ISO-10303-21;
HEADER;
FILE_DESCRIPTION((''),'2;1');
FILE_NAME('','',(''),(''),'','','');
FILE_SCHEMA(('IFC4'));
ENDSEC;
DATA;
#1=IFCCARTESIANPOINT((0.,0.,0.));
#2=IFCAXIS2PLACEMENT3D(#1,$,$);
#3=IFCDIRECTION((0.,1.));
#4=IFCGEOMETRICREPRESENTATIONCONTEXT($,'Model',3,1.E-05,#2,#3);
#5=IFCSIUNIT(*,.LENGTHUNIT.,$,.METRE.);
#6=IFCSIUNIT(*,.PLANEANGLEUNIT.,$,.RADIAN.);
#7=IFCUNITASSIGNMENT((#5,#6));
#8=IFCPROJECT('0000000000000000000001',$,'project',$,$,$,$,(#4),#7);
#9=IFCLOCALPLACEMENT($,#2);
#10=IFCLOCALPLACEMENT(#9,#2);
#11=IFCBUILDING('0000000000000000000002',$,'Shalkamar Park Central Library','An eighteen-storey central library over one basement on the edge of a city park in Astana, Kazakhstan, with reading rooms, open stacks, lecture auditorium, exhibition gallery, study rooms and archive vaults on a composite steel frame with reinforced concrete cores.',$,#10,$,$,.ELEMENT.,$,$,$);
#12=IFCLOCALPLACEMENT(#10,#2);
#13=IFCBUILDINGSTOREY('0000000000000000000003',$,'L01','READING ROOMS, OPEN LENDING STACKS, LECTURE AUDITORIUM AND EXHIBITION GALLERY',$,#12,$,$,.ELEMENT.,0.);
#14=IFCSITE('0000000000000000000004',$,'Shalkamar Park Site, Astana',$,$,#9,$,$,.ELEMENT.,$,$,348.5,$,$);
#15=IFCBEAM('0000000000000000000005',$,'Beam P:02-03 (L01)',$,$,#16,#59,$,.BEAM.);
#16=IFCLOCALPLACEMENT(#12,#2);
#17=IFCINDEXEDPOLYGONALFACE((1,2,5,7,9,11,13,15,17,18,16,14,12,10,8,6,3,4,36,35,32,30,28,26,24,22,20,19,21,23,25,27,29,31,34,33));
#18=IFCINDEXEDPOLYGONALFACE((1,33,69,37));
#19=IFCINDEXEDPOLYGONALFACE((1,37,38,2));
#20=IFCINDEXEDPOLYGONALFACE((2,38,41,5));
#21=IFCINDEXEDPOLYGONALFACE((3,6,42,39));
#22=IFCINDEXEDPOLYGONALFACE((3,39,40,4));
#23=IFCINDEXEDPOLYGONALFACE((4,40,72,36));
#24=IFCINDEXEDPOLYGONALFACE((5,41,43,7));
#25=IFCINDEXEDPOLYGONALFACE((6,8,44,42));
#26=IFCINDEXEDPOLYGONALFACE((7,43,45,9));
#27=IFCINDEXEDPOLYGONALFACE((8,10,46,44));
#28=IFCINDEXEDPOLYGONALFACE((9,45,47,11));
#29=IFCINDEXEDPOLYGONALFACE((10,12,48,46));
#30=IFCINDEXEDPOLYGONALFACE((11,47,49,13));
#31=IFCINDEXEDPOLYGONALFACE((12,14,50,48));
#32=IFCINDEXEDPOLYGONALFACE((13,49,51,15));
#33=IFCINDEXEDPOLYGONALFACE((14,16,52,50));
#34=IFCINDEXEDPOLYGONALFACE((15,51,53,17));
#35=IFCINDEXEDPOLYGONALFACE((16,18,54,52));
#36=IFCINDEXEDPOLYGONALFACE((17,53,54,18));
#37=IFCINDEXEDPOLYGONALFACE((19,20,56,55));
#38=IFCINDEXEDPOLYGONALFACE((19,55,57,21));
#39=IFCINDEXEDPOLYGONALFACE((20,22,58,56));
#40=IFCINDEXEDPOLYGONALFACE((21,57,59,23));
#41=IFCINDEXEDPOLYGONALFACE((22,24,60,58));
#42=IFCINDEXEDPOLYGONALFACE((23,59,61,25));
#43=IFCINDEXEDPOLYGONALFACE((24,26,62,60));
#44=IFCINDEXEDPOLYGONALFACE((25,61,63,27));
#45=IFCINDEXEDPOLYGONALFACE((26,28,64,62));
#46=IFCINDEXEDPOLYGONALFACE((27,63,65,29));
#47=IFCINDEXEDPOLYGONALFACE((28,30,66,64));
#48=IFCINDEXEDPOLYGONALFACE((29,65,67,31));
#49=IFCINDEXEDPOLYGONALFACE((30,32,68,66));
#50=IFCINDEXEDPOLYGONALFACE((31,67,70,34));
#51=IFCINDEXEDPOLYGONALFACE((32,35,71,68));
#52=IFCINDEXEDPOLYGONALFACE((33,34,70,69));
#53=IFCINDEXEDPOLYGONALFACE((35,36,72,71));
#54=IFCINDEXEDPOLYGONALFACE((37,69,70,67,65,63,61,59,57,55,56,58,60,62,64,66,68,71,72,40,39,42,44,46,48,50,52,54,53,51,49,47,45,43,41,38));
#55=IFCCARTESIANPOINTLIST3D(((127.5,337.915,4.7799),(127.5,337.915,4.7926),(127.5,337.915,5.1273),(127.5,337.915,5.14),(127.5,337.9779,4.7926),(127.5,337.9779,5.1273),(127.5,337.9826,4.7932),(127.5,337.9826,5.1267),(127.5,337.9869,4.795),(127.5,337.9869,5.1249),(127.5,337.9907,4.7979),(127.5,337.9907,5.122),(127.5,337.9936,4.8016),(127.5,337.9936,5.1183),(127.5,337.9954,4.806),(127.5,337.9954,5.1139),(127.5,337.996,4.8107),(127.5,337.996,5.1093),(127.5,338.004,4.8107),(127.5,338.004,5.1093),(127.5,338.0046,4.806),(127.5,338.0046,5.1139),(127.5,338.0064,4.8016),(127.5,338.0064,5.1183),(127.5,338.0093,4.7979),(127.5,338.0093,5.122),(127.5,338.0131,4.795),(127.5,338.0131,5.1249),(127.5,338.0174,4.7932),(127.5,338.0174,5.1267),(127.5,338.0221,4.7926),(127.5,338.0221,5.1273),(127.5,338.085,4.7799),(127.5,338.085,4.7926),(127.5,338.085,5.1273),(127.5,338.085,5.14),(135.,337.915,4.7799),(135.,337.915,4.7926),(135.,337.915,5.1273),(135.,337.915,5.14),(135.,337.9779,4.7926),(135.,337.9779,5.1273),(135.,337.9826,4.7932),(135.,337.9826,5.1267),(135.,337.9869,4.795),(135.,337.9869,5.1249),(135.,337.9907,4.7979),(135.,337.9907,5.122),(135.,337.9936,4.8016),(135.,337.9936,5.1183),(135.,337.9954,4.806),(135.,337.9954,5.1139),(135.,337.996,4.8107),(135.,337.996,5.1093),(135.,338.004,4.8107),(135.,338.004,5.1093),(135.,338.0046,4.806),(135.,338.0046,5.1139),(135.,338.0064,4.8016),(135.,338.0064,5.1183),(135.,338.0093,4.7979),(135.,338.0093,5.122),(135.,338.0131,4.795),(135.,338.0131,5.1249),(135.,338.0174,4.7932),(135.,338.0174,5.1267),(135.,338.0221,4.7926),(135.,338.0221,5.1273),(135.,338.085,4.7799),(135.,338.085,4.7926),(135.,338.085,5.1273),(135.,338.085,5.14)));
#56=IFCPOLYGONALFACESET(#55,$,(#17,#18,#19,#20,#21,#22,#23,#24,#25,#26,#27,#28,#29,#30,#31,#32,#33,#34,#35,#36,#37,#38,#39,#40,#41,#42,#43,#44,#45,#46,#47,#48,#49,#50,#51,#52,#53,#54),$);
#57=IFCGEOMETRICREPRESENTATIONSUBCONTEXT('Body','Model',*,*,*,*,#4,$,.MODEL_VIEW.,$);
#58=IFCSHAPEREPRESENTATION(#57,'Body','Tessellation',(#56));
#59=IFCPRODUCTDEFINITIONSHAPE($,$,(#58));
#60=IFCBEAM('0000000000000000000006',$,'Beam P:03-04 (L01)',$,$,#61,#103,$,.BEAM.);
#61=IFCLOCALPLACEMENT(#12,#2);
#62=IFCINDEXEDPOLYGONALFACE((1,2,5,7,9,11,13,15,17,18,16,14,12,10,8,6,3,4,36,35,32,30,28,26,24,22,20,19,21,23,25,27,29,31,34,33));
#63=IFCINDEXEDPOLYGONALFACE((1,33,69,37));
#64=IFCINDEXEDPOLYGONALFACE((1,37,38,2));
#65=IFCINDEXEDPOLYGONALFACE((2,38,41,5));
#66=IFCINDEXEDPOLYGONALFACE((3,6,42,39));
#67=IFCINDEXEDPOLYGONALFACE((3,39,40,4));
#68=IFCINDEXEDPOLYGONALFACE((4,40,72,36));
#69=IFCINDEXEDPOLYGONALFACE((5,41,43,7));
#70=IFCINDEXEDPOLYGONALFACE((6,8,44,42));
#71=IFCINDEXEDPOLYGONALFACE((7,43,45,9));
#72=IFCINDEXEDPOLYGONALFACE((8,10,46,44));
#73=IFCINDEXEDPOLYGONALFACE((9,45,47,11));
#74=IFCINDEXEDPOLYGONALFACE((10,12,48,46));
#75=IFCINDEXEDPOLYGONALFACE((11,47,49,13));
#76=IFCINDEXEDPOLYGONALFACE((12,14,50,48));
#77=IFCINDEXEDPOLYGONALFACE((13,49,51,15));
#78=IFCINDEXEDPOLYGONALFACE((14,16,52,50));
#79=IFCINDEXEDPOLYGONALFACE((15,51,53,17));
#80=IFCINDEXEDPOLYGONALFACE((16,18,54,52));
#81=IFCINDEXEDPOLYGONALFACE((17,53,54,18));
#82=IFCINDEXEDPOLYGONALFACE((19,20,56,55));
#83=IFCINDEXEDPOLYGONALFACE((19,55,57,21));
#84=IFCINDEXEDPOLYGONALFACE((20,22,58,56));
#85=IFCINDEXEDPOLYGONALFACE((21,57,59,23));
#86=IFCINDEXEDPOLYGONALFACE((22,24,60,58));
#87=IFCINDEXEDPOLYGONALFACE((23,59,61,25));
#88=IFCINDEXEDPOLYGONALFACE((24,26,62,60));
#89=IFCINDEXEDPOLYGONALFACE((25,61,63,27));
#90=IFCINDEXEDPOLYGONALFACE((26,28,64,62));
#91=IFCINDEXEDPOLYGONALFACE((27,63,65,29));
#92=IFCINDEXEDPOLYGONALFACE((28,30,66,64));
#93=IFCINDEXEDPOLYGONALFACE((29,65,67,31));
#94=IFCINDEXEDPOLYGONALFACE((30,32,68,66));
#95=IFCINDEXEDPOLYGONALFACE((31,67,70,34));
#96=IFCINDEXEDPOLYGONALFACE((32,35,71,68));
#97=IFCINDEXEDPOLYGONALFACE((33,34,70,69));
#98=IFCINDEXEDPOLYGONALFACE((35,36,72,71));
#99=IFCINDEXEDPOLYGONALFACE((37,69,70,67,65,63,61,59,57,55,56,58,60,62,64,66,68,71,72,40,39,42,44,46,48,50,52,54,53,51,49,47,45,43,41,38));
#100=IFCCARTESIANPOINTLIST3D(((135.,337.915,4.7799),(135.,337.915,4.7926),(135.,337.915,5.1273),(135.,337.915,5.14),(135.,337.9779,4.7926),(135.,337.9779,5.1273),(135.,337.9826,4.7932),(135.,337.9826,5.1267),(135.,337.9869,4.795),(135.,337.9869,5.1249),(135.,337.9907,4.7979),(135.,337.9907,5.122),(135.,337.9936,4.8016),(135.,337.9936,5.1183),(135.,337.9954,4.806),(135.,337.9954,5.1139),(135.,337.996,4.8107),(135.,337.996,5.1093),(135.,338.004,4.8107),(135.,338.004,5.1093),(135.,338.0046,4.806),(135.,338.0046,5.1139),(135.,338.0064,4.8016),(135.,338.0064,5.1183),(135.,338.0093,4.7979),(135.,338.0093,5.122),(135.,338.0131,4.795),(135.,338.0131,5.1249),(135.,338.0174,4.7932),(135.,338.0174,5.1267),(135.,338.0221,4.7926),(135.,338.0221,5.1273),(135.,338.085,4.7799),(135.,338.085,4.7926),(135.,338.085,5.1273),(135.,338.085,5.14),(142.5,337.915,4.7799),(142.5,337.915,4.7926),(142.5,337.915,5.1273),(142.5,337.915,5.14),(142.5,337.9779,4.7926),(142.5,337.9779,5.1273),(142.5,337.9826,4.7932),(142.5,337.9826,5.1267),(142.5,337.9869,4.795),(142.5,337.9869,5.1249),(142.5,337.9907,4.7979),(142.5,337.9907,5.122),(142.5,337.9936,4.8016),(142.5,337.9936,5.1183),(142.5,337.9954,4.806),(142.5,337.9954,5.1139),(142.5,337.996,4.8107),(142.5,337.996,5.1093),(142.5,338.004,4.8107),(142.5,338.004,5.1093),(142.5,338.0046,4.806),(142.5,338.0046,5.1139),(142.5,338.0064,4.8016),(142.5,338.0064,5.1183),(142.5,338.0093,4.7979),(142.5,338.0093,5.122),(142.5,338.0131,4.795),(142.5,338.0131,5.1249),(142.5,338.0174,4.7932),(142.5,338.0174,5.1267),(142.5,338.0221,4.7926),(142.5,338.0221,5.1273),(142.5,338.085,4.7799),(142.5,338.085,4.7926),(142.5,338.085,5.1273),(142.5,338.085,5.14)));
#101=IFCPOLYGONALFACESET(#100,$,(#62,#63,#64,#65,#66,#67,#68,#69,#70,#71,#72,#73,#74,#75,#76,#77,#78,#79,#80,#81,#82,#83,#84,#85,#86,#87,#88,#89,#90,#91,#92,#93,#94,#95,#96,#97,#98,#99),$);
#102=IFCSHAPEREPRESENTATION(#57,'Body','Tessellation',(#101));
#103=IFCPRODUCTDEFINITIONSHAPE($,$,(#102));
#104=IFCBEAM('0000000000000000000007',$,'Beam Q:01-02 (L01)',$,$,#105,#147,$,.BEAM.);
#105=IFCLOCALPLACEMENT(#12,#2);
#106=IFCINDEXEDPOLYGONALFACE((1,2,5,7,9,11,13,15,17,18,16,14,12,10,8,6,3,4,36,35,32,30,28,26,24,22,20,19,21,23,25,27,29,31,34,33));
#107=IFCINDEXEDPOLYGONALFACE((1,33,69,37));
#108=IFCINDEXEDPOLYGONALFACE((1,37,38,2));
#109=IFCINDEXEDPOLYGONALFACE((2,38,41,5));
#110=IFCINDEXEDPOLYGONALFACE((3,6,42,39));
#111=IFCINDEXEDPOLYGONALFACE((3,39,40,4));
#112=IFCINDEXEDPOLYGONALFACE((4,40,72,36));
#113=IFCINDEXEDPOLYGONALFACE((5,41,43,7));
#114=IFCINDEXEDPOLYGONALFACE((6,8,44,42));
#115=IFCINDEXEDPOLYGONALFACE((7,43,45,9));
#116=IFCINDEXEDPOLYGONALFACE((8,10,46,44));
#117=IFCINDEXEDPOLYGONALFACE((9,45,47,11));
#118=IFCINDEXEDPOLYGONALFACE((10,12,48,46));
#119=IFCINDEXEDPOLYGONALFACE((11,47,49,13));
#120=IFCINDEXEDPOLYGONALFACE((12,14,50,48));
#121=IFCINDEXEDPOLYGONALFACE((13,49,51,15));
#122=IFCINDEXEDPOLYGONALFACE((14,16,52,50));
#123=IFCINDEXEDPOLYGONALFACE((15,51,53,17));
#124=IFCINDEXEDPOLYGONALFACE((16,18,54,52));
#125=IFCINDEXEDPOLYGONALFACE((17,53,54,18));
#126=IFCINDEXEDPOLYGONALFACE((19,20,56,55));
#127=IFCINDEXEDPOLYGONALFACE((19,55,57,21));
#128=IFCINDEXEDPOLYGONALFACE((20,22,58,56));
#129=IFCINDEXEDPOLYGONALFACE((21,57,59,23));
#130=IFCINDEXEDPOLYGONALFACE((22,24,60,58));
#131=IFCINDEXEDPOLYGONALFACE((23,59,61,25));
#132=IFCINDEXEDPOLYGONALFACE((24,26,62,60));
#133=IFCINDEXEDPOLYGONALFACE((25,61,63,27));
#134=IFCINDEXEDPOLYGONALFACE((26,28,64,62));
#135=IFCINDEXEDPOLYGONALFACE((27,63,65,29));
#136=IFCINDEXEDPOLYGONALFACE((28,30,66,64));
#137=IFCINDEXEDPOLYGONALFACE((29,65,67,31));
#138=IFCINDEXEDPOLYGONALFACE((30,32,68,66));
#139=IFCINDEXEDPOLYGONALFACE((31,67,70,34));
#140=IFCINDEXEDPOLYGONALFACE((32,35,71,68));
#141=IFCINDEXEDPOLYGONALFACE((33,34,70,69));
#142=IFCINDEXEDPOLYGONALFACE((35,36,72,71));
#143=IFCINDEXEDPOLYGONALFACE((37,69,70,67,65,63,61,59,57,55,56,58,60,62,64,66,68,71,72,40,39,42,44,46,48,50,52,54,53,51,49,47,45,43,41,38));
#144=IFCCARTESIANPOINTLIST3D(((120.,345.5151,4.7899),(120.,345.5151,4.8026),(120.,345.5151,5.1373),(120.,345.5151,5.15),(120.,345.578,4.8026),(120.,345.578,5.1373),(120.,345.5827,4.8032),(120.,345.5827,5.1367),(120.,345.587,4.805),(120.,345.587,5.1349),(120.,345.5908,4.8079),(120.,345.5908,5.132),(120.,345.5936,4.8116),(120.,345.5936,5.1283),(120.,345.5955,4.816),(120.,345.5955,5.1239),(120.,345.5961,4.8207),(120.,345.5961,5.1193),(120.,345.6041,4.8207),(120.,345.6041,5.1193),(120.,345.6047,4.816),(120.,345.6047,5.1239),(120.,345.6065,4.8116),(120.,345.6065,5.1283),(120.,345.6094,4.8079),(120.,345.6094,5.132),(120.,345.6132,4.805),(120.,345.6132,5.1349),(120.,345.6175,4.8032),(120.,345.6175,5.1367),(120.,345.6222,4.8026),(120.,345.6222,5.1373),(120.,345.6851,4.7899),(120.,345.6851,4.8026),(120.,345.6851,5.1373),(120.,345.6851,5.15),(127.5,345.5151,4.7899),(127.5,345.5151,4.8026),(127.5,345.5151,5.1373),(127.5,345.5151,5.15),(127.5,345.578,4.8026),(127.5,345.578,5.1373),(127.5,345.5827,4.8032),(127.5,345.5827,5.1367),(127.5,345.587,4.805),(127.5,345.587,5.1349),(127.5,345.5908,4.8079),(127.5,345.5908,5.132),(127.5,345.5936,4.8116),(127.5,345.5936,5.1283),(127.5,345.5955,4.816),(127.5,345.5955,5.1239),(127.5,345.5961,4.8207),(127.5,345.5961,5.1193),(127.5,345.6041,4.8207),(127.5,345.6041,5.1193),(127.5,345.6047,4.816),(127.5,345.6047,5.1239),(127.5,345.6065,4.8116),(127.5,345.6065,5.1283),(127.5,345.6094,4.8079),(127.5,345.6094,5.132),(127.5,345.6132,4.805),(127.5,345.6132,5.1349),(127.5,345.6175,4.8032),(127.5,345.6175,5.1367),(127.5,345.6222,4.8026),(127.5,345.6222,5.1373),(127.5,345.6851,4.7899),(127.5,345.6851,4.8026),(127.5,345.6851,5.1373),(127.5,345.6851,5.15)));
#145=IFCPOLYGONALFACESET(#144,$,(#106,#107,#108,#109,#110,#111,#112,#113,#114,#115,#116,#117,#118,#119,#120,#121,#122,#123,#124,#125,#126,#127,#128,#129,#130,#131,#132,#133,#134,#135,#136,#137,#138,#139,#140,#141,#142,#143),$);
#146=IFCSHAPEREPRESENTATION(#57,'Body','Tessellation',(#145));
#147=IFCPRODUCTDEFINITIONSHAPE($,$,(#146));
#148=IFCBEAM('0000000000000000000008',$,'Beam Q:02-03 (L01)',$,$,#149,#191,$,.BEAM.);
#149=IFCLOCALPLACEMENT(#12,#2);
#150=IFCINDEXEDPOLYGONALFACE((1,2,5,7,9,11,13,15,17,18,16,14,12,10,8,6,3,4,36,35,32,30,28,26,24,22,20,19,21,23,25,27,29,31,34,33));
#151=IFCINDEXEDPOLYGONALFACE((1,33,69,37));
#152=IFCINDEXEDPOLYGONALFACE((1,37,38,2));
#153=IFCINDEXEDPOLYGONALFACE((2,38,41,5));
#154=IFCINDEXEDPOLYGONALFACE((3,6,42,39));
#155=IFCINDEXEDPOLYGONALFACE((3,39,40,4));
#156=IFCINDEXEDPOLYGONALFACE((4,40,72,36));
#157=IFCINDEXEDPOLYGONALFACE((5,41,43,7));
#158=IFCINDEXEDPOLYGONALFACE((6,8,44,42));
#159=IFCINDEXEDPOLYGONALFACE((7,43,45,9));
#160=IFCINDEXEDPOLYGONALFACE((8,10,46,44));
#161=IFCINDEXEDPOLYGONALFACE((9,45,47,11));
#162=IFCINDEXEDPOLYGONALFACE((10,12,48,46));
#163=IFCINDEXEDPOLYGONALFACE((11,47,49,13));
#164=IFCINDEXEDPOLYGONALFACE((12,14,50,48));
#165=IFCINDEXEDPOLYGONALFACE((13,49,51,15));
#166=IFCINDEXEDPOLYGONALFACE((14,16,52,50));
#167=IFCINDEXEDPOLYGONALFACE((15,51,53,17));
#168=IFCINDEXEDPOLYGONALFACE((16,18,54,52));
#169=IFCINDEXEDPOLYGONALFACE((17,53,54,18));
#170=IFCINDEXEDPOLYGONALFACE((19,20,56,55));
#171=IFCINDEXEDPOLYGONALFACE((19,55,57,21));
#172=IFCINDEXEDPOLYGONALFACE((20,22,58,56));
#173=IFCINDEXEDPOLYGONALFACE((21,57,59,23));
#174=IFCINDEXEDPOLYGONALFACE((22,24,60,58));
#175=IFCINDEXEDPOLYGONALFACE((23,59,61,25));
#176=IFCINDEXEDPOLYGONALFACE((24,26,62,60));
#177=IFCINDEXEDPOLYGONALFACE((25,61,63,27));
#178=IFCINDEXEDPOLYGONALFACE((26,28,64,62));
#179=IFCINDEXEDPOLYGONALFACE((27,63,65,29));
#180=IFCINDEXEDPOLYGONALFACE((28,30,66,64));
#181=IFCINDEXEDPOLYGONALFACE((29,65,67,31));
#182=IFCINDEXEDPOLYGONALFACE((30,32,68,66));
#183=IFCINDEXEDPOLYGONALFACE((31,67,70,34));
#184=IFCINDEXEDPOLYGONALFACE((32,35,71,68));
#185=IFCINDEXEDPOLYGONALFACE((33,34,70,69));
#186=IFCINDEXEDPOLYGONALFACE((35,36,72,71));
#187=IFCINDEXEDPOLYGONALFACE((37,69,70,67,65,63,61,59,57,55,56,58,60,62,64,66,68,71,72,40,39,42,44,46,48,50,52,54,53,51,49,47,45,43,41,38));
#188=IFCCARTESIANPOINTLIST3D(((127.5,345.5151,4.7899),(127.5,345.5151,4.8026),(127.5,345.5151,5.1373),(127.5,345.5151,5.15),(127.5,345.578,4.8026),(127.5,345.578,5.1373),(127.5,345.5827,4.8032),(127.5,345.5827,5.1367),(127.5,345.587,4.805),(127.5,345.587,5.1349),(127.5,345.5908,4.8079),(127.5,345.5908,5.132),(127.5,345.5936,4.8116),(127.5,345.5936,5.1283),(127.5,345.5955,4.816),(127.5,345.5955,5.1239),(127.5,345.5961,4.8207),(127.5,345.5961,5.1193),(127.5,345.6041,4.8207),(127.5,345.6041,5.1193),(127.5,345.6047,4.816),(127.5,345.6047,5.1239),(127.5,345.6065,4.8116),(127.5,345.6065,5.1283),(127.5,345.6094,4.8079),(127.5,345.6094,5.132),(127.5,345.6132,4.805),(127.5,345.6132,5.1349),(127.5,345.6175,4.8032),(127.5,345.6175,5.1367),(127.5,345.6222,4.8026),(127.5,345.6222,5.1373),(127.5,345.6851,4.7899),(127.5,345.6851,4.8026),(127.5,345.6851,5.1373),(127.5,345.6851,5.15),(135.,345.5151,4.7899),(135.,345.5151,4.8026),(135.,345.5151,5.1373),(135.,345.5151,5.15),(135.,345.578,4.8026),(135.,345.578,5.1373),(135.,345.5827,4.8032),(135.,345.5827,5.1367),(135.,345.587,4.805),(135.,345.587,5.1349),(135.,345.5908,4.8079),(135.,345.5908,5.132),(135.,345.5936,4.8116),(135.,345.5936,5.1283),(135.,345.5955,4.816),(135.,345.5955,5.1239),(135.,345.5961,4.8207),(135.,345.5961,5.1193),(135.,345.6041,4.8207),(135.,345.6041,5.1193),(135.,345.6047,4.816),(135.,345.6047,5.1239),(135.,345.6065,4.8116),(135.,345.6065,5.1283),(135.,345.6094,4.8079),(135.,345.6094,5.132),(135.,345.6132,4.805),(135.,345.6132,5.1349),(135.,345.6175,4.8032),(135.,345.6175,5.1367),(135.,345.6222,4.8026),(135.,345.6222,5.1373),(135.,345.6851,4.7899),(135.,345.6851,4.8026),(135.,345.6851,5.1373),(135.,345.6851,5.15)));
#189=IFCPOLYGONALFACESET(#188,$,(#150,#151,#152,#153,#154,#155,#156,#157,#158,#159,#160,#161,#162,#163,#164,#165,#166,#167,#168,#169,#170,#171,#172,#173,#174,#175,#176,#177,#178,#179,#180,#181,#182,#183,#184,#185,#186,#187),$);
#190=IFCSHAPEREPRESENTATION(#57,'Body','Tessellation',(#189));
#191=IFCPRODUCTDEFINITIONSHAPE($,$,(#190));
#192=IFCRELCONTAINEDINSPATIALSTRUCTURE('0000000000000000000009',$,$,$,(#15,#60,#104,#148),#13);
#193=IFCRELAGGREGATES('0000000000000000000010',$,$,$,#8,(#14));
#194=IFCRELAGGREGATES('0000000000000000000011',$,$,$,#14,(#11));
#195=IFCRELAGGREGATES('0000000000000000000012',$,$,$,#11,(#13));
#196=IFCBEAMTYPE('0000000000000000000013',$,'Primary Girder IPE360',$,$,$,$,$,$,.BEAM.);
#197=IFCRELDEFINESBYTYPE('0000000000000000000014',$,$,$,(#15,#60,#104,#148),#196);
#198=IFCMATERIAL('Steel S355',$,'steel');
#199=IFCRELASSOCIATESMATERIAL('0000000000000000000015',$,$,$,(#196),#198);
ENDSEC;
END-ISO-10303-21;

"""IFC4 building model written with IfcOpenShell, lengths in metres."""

from ifc_helpers import new_model, si_unit, direction, frame, origin, origin_2d, place, context, subcontext, project, spatial, i_section, extrude, material, material_profile, profile_set, type_object, element, save


model = new_model("IFC4")

# Units and contexts
model_context = context("Model", 3, precision=1e-05, world=origin(), true_north=direction((0.0, 1.0)))
body_context = subcontext(model_context, "Body", "Model", "MODEL_VIEW")
ifc_project = project(units=[si_unit("LENGTHUNIT", "METRE"), si_unit("PLANEANGLEUNIT", "RADIAN")], contexts=[model_context])

# Site, building, storey
site_placement = place(None, origin())
site = spatial("IfcSite", under=ifc_project, at=site_placement, Name="Shalkamar Park Site, Astana", CompositionType="ELEMENT", RefElevation=348.5)
building_placement = place(site_placement, origin())
building = spatial("IfcBuilding", under=site, at=building_placement, Name="Shalkamar Park Central Library", Description="An eighteen-storey central library over one basement on the edge of a city park in Astana, Kazakhstan, with reading rooms, open stacks, lecture auditorium, exhibition gallery, study rooms and archive vaults on a composite steel frame with reinforced concrete cores.", CompositionType="ELEMENT")
storey_placement = place(building_placement, origin())
storey = spatial("IfcBuildingStorey", under=building, at=storey_placement, Name="L01", Description="READING ROOMS, OPEN LENDING STACKS, LECTURE AUDITORIUM AND EXHIBITION GALLERY", CompositionType="ELEMENT", Elevation=0.0)

# Shared definitions
ifc_material_1 = material(Name="Steel S355", Category="steel")

# Beams
ifc_material_profile_1 = material_profile(ifc_material_1, i_section(OverallWidth=0.1699, OverallDepth=0.3601, WebThickness=0.0081, FlangeThickness=0.0127, FilletRadius=0.0181, at=origin_2d()), Name="IPE 360")
ifc_profile_set_1 = profile_set([ifc_material_profile_1], Name="Steel S355")
beam_type_1 = type_object("IfcBeamType", Name="Primary Girder IPE360", PredefinedType="BEAM", material=ifc_profile_set_1)
for number, where, z_axis, x_axis, name in (
    (1, (127.5, 338.0, 4.96), (1.0, 0.0, 0.0), (0.0, 1.0, 0.0), "Beam P:02-03 (L01)"),
    (2, (135.0, 338.0, 4.96), (1.0, 0.0, 0.0), (0.0, 1.0, 0.0), "Beam P:03-04 (L01)"),
    (3, (120.0, 345.6001, 4.97), (1.0, 0.0, 0.0), (0.0, 1.0, 0.0), "Beam Q:01-02 (L01)"),
    (4, (127.5, 345.6001, 4.97), (1.0, 0.0, 0.0), (0.0, 1.0, 0.0), "Beam Q:02-03 (L01)"),
):
    element("IfcBeam", number, at=place(storey_placement, frame(where, z_axis=z_axis, x_axis=x_axis)), inside=storey, type_object=beam_type_1, Name=name, PredefinedType="BEAM", context=body_context, shape_type="SweptSolid", body=[
        extrude(i_section(OverallWidth=0.1699, OverallDepth=0.3601, WebThickness=0.0081, FlangeThickness=0.0127, FilletRadius=0.0181, at=origin_2d()), origin(), (0.0, 0.0, 1.0), 7.5),
    ])

save(model, "model.ifc")
